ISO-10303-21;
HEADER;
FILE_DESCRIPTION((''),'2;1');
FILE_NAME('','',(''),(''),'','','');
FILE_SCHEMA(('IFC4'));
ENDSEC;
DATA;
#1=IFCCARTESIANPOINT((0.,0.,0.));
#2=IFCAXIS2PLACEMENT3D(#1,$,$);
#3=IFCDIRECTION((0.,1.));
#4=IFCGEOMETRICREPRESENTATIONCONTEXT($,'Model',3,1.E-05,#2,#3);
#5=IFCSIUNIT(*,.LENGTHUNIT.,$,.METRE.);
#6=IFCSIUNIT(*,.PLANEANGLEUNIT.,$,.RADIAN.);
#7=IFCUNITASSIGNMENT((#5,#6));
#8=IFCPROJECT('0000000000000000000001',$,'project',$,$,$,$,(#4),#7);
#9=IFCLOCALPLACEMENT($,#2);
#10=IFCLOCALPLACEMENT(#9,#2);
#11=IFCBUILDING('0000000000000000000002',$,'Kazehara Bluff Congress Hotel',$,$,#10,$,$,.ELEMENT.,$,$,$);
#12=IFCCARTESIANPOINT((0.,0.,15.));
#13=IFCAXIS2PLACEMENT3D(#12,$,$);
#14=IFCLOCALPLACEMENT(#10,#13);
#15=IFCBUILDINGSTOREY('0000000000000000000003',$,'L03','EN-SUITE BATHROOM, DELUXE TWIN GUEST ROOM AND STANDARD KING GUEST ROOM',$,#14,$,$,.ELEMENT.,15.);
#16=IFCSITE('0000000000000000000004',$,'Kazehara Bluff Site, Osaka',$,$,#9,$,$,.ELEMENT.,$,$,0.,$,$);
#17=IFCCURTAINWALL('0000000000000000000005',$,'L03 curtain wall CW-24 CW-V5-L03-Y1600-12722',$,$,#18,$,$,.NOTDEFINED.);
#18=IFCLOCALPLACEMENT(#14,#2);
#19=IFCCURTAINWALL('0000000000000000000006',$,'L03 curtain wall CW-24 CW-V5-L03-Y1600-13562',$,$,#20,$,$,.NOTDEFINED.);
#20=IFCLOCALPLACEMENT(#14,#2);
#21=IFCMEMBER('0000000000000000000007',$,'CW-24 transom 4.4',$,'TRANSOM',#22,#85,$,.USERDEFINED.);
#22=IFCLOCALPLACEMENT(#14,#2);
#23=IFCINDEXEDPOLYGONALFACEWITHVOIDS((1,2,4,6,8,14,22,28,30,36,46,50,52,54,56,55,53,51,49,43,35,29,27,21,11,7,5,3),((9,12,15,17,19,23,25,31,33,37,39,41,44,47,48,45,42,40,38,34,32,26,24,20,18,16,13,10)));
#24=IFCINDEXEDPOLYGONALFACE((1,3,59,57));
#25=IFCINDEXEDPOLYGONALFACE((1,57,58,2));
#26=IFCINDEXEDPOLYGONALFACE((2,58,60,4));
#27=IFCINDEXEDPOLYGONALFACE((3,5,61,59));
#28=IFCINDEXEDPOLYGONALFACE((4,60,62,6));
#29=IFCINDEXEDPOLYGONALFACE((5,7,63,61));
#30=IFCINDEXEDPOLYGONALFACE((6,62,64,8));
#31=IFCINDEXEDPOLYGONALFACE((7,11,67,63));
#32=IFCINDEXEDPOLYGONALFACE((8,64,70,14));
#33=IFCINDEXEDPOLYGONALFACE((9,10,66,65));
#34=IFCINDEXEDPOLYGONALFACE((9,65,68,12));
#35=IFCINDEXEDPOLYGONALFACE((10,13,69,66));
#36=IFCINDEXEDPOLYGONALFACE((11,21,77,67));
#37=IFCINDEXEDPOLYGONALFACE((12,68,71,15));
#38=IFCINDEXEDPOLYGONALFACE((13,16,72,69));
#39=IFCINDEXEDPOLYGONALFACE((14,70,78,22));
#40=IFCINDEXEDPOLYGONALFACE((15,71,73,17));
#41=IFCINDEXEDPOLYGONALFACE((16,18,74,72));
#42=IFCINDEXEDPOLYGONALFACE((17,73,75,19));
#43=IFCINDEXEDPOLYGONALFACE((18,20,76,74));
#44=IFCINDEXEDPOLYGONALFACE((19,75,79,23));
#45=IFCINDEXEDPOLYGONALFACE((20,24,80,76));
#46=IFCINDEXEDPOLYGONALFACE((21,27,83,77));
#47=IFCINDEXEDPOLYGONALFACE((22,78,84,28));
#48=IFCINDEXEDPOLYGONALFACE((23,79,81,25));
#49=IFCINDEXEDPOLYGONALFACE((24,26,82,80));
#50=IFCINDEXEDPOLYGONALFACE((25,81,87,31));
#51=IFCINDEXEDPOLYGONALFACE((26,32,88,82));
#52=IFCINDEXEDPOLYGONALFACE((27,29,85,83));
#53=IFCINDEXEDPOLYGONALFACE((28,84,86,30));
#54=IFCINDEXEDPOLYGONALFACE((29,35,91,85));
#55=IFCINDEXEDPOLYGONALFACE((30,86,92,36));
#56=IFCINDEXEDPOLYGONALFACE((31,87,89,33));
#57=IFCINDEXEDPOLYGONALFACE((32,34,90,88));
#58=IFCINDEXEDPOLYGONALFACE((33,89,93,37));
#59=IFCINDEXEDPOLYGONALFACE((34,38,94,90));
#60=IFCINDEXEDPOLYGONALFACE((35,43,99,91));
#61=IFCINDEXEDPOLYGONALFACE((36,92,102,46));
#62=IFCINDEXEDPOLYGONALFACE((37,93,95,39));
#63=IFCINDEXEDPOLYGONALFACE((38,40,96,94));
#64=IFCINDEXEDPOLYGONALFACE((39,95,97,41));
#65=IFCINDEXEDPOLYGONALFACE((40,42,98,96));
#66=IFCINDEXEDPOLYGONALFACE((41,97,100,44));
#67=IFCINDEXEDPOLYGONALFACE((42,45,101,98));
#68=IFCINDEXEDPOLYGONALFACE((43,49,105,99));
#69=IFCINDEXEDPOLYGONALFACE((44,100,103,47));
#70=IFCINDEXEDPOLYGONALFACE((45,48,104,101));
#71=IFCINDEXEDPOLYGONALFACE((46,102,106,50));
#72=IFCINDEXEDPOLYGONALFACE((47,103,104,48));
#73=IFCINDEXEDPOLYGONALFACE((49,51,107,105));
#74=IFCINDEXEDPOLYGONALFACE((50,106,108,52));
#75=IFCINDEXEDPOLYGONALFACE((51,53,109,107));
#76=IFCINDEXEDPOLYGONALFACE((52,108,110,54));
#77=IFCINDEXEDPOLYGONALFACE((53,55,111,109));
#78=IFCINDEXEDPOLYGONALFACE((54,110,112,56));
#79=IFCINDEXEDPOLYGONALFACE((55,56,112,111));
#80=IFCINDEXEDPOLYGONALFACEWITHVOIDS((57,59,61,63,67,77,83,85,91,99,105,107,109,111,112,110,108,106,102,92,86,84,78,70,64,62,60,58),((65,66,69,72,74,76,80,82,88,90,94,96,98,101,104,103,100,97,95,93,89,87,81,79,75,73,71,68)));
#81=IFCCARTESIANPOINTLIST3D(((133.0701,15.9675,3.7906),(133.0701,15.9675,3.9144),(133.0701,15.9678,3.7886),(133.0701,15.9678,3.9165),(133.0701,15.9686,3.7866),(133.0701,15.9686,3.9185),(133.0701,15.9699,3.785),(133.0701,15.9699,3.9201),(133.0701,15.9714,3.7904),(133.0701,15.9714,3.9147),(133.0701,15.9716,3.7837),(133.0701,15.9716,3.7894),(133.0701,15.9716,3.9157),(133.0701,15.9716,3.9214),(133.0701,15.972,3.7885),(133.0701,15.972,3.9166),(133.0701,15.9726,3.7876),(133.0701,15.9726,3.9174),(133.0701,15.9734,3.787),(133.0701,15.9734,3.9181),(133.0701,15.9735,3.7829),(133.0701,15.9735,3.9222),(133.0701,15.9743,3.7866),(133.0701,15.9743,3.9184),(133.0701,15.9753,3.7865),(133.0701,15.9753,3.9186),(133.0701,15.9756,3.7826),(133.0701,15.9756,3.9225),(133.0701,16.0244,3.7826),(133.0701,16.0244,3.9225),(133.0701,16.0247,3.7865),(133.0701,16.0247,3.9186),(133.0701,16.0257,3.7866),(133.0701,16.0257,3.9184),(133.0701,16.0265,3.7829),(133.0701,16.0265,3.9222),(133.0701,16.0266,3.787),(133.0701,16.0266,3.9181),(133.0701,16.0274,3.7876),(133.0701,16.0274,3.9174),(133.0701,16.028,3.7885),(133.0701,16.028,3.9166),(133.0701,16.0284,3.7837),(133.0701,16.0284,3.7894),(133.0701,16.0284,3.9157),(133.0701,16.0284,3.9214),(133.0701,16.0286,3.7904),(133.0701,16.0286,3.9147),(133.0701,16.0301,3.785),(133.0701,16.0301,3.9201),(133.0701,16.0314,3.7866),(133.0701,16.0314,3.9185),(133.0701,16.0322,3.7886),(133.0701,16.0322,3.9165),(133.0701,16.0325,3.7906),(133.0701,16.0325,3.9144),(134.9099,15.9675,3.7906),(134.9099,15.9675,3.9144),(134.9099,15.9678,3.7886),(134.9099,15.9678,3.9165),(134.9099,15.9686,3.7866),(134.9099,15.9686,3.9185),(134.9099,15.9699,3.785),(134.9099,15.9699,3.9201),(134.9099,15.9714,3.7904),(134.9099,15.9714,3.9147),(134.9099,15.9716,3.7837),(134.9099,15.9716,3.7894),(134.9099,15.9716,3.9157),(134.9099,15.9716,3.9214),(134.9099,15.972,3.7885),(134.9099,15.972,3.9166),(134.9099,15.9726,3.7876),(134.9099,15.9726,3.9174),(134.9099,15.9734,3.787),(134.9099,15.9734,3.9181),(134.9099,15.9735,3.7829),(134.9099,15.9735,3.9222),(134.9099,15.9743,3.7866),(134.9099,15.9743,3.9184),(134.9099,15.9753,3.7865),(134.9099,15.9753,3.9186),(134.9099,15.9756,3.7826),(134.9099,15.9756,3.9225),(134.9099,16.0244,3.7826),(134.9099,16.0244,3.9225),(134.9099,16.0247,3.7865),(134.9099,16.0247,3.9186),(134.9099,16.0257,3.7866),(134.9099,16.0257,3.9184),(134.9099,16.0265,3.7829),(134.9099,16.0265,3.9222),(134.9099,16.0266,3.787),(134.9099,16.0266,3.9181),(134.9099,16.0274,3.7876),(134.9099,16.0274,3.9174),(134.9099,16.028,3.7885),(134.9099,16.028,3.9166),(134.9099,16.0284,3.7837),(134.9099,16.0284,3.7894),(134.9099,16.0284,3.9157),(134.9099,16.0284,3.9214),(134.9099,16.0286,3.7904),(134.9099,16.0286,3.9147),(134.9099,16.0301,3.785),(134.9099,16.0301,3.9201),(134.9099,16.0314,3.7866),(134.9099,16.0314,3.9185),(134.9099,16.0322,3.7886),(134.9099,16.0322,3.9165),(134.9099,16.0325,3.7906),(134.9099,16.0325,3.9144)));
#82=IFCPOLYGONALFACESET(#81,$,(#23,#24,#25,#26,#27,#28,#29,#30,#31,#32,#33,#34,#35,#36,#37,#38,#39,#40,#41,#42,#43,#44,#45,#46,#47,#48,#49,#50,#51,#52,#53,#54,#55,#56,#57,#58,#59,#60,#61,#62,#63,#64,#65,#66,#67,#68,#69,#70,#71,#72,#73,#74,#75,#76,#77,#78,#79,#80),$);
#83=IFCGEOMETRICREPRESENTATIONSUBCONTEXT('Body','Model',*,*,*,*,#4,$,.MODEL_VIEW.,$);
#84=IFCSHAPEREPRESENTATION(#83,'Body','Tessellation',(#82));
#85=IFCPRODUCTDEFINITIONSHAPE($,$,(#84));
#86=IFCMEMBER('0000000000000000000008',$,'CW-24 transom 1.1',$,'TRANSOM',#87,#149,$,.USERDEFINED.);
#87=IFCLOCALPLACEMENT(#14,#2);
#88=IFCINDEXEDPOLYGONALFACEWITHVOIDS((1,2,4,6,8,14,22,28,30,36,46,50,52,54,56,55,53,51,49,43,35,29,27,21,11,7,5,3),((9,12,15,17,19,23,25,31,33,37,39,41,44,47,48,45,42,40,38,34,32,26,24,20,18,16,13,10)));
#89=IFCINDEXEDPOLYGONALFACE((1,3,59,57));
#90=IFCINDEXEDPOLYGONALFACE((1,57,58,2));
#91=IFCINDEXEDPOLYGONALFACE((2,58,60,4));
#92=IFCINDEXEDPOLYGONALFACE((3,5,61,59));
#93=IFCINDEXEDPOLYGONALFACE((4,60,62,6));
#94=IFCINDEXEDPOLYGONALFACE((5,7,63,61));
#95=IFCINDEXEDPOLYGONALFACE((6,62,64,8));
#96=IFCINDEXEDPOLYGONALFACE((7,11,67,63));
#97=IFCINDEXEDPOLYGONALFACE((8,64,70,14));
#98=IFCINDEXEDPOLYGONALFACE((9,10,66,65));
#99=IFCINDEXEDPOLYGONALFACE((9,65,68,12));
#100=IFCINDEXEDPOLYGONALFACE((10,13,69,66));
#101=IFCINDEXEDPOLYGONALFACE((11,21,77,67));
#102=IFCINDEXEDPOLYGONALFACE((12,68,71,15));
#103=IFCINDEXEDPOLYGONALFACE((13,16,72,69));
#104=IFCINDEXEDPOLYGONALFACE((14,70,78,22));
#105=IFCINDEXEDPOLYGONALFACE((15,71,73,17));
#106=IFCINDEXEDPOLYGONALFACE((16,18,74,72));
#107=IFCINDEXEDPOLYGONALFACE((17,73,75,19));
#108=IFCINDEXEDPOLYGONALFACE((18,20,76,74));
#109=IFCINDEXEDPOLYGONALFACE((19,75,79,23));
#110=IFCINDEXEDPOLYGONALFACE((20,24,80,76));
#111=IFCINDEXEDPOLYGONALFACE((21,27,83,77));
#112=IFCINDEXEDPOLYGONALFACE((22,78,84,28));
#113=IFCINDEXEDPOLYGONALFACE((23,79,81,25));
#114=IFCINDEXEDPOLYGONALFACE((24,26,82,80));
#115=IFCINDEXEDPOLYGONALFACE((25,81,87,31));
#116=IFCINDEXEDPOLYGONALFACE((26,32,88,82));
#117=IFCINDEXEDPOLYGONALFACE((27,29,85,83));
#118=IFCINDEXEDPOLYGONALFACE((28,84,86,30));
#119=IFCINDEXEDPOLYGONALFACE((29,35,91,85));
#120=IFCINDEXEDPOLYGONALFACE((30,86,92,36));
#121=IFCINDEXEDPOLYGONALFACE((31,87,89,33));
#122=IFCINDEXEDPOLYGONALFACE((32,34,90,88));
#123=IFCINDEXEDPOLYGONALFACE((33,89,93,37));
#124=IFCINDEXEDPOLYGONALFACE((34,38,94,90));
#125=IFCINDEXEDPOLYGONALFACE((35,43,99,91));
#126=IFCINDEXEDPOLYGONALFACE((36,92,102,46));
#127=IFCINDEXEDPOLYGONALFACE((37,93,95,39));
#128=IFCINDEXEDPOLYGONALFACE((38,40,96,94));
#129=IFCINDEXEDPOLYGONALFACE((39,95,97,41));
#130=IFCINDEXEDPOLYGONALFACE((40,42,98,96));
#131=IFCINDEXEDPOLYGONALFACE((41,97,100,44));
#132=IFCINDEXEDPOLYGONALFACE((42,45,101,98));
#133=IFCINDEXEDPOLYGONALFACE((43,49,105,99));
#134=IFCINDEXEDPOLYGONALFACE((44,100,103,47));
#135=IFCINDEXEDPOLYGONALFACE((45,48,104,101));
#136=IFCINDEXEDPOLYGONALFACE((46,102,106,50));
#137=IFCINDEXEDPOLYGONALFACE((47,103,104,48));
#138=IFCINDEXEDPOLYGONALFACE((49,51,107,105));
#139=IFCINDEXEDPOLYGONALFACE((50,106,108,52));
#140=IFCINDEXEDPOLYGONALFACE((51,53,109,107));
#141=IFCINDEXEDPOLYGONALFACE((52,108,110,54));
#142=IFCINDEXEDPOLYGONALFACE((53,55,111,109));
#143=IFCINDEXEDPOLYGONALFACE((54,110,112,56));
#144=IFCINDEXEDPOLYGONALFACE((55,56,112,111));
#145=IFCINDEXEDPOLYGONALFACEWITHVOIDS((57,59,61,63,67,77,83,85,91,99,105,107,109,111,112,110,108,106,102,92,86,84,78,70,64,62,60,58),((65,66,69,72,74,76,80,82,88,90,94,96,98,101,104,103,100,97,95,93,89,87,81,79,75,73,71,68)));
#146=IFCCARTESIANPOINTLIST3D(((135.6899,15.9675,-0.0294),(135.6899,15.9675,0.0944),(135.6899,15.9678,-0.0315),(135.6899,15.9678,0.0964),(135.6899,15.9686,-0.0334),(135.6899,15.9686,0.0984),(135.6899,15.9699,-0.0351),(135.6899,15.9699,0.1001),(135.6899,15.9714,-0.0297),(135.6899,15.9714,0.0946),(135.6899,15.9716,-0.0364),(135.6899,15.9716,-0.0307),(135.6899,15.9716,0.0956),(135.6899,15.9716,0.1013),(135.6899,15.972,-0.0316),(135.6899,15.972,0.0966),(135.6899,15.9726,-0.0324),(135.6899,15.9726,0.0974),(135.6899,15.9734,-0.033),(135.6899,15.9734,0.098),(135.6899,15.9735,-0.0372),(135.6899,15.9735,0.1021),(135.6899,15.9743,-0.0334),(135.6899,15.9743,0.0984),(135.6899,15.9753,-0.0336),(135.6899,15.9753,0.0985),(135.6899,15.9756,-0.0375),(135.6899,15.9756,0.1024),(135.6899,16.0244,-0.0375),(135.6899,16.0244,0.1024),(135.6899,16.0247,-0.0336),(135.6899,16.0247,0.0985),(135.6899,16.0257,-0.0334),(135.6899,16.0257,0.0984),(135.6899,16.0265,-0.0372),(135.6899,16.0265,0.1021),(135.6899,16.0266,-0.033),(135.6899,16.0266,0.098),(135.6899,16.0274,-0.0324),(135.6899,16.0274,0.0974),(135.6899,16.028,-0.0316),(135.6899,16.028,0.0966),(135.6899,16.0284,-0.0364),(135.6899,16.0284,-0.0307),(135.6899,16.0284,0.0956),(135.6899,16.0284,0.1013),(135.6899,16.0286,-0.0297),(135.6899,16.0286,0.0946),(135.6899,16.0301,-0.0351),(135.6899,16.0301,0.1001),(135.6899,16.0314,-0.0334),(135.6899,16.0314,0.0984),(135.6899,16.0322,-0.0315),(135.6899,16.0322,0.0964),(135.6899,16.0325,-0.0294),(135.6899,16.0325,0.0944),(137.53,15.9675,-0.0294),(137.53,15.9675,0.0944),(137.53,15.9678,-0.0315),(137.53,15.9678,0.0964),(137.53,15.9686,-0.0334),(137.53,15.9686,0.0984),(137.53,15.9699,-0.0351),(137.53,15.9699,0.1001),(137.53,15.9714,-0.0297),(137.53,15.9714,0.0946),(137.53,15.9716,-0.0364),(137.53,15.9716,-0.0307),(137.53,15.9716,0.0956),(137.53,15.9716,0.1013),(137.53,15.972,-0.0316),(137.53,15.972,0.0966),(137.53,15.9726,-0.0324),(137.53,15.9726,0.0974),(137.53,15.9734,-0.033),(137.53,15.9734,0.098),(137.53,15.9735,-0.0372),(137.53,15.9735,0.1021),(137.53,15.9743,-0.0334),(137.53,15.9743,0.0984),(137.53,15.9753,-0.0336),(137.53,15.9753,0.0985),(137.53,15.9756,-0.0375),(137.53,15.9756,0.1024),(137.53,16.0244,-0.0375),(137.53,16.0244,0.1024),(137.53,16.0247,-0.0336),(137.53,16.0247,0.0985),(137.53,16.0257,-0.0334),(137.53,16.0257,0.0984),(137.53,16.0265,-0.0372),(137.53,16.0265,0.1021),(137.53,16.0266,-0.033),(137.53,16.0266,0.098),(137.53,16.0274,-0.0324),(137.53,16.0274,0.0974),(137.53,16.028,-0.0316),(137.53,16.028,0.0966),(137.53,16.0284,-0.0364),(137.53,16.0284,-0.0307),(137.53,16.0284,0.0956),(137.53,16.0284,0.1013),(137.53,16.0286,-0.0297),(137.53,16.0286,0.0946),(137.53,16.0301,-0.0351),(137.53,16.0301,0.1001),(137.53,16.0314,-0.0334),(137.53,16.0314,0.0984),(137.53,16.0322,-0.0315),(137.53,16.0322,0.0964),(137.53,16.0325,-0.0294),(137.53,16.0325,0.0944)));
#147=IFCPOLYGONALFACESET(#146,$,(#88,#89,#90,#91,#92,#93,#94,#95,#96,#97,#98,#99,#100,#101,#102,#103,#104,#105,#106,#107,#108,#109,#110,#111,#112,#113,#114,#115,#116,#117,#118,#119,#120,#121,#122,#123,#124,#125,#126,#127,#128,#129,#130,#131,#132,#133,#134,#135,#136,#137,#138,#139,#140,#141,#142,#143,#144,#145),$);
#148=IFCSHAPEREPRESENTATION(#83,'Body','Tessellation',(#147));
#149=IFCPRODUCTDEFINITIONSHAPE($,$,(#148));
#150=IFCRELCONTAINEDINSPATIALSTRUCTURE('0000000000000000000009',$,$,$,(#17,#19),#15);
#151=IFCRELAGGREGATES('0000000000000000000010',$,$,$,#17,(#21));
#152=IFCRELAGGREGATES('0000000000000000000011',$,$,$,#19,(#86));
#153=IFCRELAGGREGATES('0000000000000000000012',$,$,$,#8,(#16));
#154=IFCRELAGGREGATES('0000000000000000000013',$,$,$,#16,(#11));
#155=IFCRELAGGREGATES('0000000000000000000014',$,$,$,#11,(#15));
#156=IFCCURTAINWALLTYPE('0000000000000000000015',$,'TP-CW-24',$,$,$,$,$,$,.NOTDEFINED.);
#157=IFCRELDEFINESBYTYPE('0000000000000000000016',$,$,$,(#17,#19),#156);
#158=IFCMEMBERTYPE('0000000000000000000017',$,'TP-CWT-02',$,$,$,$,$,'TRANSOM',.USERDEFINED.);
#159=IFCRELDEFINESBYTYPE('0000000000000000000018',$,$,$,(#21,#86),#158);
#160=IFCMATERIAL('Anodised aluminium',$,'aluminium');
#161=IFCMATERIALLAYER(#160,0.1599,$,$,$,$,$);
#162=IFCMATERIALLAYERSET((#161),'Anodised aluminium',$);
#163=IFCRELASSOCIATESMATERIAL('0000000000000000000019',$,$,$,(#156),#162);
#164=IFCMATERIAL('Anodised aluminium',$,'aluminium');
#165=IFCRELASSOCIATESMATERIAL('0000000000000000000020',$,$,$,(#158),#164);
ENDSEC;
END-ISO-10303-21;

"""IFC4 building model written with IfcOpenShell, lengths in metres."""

from ifc_helpers import new_model, si_unit, direction, frame, origin, origin_2d, place, context, subcontext, project, spatial, hollow_rectangle, extrude, material, layer, layer_set, material_profile, profile_set, type_object, element, aggregate, save


model = new_model("IFC4")

# Units and contexts
model_context = context("Model", 3, precision=1e-05, world=origin(), true_north=direction((0.0, 1.0)))
body_context = subcontext(model_context, "Body", "Model", "MODEL_VIEW")
ifc_project = project(units=[si_unit("LENGTHUNIT", "METRE"), si_unit("PLANEANGLEUNIT", "RADIAN")], contexts=[model_context])

# Site, building, storey
site_placement = place(None, origin())
site = spatial("IfcSite", under=ifc_project, at=site_placement, Name="Kazehara Bluff Site, Osaka", CompositionType="ELEMENT", RefElevation=0.0)
building_placement = place(site_placement, origin())
building = spatial("IfcBuilding", under=site, at=building_placement, Name="Kazehara Bluff Congress Hotel", CompositionType="ELEMENT")
storey_placement = place(building_placement, frame((0.0, 0.0, 15.0)))
storey = spatial("IfcBuildingStorey", under=building, at=storey_placement, Name="L03", Description="EN-SUITE BATHROOM, DELUXE TWIN GUEST ROOM AND STANDARD KING GUEST ROOM", CompositionType="ELEMENT", Elevation=15.0)

# Curtain wall
ifc_material_1 = material(Name="Anodised aluminium", Category="aluminium")
ifc_layer_1 = layer(ifc_material_1, 0.1599)
ifc_layer_set_1 = layer_set([ifc_layer_1], Name="Anodised aluminium")
curtain_wall_type = type_object("IfcCurtainWallType", Name="TP-CW-24", PredefinedType="NOTDEFINED", material=ifc_layer_set_1)
curtain_wall_1_placement = place(storey_placement, origin())
curtain_wall_1 = element("IfcCurtainWall", 1, at=curtain_wall_1_placement, inside=storey, type_object=curtain_wall_type, Name="L03 curtain wall CW-24 CW-V5-L03-Y1600-12722", PredefinedType="NOTDEFINED")

# Curtain wall
curtain_wall_2_placement = place(storey_placement, origin())
curtain_wall_2 = element("IfcCurtainWall", 2, at=curtain_wall_2_placement, inside=storey, type_object=curtain_wall_type, Name="L03 curtain wall CW-24 CW-V5-L03-Y1600-13562", PredefinedType="NOTDEFINED")

# Members
ifc_material_2 = material(Name="Anodised aluminium", Category="aluminium")
ifc_material_profile_1 = material_profile(ifc_material_2, hollow_rectangle(XDim=0.0649, YDim=0.1399, WallThickness=0.0039, InnerFilletRadius=0.0039, OuterFilletRadius=0.0081, at=origin_2d()))
ifc_profile_set_1 = profile_set([ifc_material_profile_1], Name="Anodised aluminium")
member_type_1 = type_object("IfcMemberType", Name="TP-CWT-02", ElementType="TRANSOM", PredefinedType="USERDEFINED", material=ifc_profile_set_1)
member_1_placement = place(storey_placement, frame((133.0701, 16.0, 3.8525), z_axis=(1.0, 0.0, 0.0), x_axis=(0.0, 1.0, 0.0)))
member_1 = element("IfcMember", 3, at=member_1_placement, type_object=member_type_1, Name="CW-24 transom 4.4", ObjectType="TRANSOM", PredefinedType="USERDEFINED", context=body_context, shape_type="SweptSolid", body=[
    extrude(hollow_rectangle(XDim=0.0649, YDim=0.1399, WallThickness=0.0039, InnerFilletRadius=0.0039, OuterFilletRadius=0.0081, at=origin_2d()), origin(), (0.0, 0.0, 1.0), 1.8398),
])
member_2_placement = place(storey_placement, frame((135.6899, 16.0, 0.0325), z_axis=(1.0, 0.0, 0.0), x_axis=(0.0, 1.0, 0.0)))
member_2 = element("IfcMember", 4, at=member_2_placement, type_object=member_type_1, Name="CW-24 transom 1.1", ObjectType="TRANSOM", PredefinedType="USERDEFINED", context=body_context, shape_type="SweptSolid", body=[
    extrude(hollow_rectangle(XDim=0.0649, YDim=0.1399, WallThickness=0.0039, InnerFilletRadius=0.0039, OuterFilletRadius=0.0081, at=origin_2d()), origin(), (0.0, 0.0, 1.0), 1.8401),
])

aggregate(curtain_wall_1, [member_1])
aggregate(curtain_wall_2, [member_2])

save(model, "model.ifc")
